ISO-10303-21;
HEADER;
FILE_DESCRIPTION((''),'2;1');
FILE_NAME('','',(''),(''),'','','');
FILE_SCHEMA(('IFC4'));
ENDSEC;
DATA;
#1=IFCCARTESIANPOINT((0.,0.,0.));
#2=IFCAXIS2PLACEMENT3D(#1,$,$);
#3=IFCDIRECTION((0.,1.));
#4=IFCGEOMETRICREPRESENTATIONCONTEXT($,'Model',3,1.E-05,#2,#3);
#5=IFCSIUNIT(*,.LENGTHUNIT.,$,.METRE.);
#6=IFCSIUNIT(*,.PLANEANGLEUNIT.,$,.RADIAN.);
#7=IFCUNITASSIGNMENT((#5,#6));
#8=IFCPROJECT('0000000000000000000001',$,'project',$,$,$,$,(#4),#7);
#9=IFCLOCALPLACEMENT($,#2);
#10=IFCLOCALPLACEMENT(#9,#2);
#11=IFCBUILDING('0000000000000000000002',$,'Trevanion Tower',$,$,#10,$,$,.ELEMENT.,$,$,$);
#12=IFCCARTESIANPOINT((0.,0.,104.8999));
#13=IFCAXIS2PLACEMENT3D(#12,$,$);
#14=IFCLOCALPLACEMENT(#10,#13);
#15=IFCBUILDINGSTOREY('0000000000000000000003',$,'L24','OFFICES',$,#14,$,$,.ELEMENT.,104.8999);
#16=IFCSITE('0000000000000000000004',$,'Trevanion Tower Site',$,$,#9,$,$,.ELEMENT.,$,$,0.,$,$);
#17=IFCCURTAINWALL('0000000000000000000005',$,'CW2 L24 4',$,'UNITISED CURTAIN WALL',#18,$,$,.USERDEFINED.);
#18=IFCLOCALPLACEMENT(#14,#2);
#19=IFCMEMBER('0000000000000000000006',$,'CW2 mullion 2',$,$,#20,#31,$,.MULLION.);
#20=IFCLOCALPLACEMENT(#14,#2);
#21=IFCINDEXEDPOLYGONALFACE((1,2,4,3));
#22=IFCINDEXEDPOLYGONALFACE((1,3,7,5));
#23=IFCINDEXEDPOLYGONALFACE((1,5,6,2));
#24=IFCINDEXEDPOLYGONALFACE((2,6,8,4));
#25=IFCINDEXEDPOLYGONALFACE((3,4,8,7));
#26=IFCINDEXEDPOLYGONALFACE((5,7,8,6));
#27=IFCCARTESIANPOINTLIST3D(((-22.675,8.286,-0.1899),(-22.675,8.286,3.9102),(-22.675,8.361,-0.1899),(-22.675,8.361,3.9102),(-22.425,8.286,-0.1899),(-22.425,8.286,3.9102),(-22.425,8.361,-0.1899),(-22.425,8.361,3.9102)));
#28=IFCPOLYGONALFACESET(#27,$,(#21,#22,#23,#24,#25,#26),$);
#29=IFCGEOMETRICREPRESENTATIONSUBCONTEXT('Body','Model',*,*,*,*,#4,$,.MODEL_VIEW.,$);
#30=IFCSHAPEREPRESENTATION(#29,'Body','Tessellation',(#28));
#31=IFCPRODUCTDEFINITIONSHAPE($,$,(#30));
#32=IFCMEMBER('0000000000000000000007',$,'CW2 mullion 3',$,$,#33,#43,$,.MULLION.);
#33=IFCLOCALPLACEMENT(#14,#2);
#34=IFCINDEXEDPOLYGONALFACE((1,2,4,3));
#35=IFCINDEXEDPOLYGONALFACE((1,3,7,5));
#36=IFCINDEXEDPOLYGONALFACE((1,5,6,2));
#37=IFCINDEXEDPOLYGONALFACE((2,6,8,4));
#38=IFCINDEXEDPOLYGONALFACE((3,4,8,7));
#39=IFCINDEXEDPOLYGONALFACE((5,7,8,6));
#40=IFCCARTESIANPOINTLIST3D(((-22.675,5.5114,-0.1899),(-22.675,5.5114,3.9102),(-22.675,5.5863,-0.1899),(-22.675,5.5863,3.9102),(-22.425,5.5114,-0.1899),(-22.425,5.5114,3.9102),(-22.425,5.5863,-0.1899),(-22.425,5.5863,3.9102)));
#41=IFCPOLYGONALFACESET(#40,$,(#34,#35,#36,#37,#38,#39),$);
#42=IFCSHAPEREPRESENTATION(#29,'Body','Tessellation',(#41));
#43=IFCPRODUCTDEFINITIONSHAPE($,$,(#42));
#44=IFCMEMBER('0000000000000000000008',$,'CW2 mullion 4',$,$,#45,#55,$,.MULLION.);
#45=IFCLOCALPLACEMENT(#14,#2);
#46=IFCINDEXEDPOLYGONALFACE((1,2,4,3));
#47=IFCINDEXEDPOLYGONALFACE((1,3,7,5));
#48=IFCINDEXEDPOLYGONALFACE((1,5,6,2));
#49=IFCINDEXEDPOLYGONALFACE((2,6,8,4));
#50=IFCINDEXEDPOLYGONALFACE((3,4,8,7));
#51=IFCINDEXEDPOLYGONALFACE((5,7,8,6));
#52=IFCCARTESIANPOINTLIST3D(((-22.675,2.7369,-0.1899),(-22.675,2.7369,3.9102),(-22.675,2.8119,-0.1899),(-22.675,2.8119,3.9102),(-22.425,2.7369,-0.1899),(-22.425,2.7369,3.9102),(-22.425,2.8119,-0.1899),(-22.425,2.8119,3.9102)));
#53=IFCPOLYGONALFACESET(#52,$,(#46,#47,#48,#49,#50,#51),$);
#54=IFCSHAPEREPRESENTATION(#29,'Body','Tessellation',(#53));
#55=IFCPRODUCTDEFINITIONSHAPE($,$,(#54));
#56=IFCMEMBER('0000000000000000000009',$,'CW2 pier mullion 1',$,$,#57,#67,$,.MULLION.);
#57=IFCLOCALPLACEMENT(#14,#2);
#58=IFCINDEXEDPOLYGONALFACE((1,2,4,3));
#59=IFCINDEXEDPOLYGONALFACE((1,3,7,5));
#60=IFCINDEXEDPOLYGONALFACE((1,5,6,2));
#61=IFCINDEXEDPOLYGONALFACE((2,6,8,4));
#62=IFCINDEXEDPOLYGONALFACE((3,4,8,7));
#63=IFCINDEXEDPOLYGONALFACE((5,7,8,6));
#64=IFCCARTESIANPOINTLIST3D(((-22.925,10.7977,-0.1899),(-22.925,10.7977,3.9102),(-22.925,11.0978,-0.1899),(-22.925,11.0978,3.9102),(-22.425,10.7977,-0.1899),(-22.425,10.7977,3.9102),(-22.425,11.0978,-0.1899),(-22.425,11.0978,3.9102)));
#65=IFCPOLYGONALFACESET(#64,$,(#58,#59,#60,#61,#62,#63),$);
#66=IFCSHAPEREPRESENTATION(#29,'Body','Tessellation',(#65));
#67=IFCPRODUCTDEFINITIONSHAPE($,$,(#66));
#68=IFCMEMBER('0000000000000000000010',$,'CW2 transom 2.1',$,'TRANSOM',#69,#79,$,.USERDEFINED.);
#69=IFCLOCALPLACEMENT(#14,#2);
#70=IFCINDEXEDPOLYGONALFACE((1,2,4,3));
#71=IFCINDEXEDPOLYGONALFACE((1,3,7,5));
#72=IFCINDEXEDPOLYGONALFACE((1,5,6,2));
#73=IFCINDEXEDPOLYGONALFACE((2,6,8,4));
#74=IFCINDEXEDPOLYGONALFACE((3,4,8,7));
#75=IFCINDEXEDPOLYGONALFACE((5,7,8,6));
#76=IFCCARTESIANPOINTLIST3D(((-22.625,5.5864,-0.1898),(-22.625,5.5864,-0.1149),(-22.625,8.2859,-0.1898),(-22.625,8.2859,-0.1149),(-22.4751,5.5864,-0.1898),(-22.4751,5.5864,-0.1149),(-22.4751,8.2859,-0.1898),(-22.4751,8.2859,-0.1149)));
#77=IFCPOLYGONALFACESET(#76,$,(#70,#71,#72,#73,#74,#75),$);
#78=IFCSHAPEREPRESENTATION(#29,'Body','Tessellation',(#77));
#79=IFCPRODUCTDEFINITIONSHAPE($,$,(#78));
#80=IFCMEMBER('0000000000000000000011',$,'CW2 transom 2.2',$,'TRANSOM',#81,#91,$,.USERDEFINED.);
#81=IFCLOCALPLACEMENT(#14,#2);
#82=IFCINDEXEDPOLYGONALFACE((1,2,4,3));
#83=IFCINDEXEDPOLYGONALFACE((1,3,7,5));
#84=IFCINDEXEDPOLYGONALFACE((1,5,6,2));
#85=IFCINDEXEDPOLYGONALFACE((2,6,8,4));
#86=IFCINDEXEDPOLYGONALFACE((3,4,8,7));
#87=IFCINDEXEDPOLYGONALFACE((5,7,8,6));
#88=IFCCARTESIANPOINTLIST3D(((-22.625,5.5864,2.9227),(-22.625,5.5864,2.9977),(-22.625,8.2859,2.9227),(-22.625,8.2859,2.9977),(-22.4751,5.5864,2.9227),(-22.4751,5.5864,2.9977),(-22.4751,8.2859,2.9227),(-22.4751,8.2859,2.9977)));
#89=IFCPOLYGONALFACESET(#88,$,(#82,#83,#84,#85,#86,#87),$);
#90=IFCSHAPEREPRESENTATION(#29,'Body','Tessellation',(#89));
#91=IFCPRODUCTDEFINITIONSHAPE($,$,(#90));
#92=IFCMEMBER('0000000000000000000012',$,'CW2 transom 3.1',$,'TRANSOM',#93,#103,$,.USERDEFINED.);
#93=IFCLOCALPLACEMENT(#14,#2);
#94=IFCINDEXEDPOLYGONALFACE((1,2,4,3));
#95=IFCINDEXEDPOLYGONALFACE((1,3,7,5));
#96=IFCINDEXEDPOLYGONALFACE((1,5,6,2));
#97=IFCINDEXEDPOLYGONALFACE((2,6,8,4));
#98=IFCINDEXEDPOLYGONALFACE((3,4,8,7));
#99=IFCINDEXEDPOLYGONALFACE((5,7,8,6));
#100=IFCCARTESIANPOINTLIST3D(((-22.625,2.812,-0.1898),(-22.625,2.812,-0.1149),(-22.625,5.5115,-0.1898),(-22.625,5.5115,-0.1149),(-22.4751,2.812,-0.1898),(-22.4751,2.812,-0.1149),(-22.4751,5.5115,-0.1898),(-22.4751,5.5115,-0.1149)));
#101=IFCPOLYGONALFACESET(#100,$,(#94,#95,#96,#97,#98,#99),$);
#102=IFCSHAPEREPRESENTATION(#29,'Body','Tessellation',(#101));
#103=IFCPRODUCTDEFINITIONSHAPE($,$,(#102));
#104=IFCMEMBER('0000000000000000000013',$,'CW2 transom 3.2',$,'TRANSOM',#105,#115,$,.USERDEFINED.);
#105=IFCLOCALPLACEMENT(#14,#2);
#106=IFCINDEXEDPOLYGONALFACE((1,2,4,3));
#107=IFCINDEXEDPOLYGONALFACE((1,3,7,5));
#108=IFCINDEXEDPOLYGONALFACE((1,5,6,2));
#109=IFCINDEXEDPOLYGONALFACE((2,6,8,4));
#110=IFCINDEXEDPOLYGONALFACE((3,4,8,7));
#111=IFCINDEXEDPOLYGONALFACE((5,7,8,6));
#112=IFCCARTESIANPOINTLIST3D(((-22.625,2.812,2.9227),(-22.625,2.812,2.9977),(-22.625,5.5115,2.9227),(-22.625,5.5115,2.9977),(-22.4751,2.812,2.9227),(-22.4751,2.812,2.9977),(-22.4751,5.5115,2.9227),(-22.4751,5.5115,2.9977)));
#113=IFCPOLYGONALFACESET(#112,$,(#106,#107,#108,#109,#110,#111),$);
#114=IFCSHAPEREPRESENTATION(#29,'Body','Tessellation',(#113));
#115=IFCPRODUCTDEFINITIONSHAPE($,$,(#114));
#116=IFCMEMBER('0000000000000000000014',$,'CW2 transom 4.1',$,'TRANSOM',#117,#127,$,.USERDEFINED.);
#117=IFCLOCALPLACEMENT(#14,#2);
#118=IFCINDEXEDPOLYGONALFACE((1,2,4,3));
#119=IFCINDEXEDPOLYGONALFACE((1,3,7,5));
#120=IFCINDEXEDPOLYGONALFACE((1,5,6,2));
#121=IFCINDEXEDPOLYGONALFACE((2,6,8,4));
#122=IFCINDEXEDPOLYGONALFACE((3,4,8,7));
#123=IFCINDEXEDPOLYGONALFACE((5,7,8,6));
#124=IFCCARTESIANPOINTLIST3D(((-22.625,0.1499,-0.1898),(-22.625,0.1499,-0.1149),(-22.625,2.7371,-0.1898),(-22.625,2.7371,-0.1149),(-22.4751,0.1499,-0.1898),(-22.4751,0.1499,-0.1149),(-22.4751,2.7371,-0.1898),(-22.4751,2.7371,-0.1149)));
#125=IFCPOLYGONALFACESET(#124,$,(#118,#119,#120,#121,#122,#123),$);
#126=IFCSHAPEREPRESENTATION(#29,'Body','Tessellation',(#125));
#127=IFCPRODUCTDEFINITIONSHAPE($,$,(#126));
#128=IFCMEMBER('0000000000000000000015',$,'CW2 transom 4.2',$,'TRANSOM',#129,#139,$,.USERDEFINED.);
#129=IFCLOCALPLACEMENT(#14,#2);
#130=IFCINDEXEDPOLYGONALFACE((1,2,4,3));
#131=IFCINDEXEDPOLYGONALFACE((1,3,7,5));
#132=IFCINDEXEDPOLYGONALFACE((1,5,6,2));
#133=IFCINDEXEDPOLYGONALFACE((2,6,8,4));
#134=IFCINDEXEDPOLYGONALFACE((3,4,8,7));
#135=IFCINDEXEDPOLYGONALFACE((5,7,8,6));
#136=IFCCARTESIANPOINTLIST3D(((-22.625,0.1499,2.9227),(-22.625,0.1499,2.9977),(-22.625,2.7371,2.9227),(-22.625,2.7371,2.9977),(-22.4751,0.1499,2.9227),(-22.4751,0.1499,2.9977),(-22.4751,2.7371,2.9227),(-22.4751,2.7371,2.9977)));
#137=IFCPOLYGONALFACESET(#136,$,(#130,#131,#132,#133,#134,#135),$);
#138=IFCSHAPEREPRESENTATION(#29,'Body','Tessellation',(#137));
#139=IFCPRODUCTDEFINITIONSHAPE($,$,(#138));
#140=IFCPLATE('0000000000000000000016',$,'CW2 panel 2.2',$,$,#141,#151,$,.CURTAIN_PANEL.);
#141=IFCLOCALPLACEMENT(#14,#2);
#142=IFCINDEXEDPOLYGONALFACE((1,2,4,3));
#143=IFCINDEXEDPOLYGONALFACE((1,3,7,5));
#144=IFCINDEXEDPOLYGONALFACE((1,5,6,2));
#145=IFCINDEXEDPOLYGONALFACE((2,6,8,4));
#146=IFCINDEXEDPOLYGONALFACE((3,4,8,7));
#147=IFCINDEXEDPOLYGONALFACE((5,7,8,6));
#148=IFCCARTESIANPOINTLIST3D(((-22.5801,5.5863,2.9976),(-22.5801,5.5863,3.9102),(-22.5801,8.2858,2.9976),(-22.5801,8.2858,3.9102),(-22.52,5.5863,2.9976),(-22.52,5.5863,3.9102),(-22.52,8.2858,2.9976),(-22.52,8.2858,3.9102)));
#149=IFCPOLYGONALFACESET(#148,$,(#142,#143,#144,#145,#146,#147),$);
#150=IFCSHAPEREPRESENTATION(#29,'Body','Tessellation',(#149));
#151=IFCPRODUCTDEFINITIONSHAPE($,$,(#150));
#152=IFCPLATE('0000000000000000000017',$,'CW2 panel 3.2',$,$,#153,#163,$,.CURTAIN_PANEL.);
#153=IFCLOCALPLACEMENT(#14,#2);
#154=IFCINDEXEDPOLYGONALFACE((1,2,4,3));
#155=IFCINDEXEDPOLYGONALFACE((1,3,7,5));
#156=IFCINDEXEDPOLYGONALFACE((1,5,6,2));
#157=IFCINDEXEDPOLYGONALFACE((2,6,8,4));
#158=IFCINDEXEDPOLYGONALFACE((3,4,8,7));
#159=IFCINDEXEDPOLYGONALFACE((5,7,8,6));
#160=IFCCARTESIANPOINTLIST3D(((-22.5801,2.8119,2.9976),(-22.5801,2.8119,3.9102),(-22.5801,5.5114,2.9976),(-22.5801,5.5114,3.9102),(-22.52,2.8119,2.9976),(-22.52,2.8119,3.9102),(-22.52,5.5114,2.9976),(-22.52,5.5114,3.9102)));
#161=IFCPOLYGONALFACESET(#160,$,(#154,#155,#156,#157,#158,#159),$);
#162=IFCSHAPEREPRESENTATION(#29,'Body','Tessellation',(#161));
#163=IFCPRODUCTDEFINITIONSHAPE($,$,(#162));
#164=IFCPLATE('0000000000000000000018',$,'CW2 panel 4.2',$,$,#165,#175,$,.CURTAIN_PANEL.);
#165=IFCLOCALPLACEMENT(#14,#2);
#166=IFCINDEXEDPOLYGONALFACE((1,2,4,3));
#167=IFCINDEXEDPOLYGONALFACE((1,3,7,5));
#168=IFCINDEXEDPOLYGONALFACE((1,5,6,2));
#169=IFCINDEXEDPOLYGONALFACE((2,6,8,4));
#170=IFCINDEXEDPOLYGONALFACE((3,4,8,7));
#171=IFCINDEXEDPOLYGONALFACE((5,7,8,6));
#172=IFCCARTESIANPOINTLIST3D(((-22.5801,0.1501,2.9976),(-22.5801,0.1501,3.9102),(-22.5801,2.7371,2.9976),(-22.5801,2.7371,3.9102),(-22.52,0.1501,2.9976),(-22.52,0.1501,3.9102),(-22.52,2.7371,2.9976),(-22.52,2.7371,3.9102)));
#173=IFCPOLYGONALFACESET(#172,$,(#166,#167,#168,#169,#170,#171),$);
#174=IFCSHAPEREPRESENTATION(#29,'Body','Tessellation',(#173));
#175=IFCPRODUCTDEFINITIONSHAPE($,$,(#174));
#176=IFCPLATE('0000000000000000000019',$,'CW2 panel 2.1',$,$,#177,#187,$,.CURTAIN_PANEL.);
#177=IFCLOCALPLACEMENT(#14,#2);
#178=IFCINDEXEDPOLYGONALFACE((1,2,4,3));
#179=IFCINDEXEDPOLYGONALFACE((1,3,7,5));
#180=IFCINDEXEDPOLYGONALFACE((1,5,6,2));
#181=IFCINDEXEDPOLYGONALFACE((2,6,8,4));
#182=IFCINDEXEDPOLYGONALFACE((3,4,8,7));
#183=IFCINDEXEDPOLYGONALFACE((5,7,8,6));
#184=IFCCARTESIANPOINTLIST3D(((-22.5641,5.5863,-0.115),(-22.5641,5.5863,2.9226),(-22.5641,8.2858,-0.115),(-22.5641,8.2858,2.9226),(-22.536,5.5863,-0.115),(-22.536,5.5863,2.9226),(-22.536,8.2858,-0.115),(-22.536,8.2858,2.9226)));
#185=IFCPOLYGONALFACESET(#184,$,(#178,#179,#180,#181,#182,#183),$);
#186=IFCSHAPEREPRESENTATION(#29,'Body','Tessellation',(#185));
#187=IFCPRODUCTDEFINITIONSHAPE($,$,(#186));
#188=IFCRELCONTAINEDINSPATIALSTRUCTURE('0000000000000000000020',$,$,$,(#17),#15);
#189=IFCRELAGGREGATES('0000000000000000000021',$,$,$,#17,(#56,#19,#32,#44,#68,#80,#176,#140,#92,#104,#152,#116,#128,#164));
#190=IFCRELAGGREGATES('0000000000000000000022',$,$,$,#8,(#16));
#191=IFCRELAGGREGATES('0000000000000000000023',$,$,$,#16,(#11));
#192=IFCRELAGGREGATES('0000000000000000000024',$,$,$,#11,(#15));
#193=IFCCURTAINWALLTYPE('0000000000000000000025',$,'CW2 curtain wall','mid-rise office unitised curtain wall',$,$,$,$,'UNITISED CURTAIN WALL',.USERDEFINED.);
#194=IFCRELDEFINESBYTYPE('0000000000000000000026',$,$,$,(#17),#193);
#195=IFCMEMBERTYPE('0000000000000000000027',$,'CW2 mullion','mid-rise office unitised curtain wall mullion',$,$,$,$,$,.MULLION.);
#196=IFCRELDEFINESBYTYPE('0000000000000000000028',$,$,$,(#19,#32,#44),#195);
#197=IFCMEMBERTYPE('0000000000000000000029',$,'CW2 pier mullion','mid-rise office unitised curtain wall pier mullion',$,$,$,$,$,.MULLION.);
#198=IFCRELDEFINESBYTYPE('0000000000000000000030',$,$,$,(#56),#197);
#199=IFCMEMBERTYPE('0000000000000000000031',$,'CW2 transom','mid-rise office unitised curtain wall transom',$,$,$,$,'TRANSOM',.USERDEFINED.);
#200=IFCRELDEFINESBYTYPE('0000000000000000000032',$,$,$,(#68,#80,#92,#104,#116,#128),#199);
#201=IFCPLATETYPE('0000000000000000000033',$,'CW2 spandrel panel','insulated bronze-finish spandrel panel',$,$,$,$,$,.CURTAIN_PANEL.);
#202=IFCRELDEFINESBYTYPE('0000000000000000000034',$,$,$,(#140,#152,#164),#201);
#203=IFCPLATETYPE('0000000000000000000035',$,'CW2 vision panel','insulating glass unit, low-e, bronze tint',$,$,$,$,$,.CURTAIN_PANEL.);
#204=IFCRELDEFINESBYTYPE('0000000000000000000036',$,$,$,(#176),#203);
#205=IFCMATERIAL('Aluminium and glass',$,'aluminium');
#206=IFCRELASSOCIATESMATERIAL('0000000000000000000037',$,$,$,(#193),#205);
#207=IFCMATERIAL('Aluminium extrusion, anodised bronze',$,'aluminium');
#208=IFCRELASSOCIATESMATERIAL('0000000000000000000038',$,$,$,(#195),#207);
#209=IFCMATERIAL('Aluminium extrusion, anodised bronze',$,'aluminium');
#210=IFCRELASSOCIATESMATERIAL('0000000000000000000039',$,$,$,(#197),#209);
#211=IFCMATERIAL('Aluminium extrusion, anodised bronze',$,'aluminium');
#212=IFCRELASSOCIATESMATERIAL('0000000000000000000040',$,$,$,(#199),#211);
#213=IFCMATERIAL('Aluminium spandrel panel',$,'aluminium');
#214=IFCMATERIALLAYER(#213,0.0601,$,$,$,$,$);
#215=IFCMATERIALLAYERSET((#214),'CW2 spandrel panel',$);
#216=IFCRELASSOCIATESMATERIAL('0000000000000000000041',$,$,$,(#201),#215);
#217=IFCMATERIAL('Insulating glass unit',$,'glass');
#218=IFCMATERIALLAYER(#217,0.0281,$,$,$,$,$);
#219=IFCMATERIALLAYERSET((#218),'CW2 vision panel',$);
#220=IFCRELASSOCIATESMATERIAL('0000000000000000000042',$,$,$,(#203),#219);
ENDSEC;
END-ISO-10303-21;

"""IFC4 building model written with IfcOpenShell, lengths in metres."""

from ifc_helpers import new_model, si_unit, direction, frame, origin, origin_2d, place, context, subcontext, project, spatial, rectangle, extrude, material, layer, layer_set, material_profile, profile_set, type_object, element, aggregate, save


model = new_model("IFC4")

# Units and contexts
model_context = context("Model", 3, precision=1e-05, world=origin(), true_north=direction((0.0, 1.0)))
body_context = subcontext(model_context, "Body", "Model", "MODEL_VIEW")
ifc_project = project(units=[si_unit("LENGTHUNIT", "METRE"), si_unit("PLANEANGLEUNIT", "RADIAN")], contexts=[model_context])

# Site, building, storey
site_placement = place(None, origin())
site = spatial("IfcSite", under=ifc_project, at=site_placement, Name="Trevanion Tower Site", CompositionType="ELEMENT", RefElevation=0.0)
building_placement = place(site_placement, origin())
building = spatial("IfcBuilding", under=site, at=building_placement, Name="Trevanion Tower", CompositionType="ELEMENT")
storey_placement = place(building_placement, frame((0.0, 0.0, 104.8999)))
storey = spatial("IfcBuildingStorey", under=building, at=storey_placement, Name="L24", Description="OFFICES", CompositionType="ELEMENT", Elevation=104.8999)

# Curtain wall, members, plates
ifc_material_1 = material(Name="Aluminium and glass", Category="aluminium")
curtain_wall_type = type_object("IfcCurtainWallType", Name="CW2 curtain wall", Description="mid-rise office unitised curtain wall", ElementType="UNITISED CURTAIN WALL", PredefinedType="USERDEFINED", material=ifc_material_1)
curtain_wall_placement = place(storey_placement, origin())
curtain_wall = element("IfcCurtainWall", 1, at=curtain_wall_placement, inside=storey, type_object=curtain_wall_type, Name="CW2 L24 4", ObjectType="UNITISED CURTAIN WALL", PredefinedType="USERDEFINED")
ifc_material_2 = material(Name="Aluminium extrusion, anodised bronze", Category="aluminium")
ifc_material_profile_1 = material_profile(ifc_material_2, rectangle(XDim=0.075, YDim=0.25, at=origin_2d()), Name="CW2 mullion")
ifc_profile_set_1 = profile_set([ifc_material_profile_1], Name="Aluminium extrusion, anodised bronze")
member_type_1 = type_object("IfcMemberType", Name="CW2 mullion", Description="mid-rise office unitised curtain wall mullion", PredefinedType="MULLION", material=ifc_profile_set_1)
member_1_placement = place(storey_placement, frame((-22.55, 8.3235, -0.1899), z_axis=(0.0, 0.0, 1.0), x_axis=(0.0, -1.0, 0.0)))
member_1 = element("IfcMember", 2, at=member_1_placement, type_object=member_type_1, Name="CW2 mullion 2", PredefinedType="MULLION", context=body_context, shape_type="SweptSolid", body=[
    extrude(rectangle(XDim=0.075, YDim=0.25, at=origin_2d()), origin(), (0.0, 0.0, 1.0), 4.1001),
])
member_2_placement = place(storey_placement, frame((-22.55, 5.5488, -0.1899), z_axis=(0.0, 0.0, 1.0), x_axis=(0.0, -1.0, 0.0)))
member_2 = element("IfcMember", 3, at=member_2_placement, type_object=member_type_1, Name="CW2 mullion 3", PredefinedType="MULLION", context=body_context, shape_type="SweptSolid", body=[
    extrude(rectangle(XDim=0.075, YDim=0.25, at=origin_2d()), origin(), (0.0, 0.0, 1.0), 4.1001),
])
member_3_placement = place(storey_placement, frame((-22.55, 2.7744, -0.1899), z_axis=(0.0, 0.0, 1.0), x_axis=(0.0, -1.0, 0.0)))
member_3 = element("IfcMember", 4, at=member_3_placement, type_object=member_type_1, Name="CW2 mullion 4", PredefinedType="MULLION", context=body_context, shape_type="SweptSolid", body=[
    extrude(rectangle(XDim=0.075, YDim=0.25, at=origin_2d()), origin(), (0.0, 0.0, 1.0), 4.1001),
])
ifc_material_3 = material(Name="Aluminium extrusion, anodised bronze", Category="aluminium")
ifc_material_profile_2 = material_profile(ifc_material_3, rectangle(XDim=0.3, YDim=0.5, at=origin_2d()), Name="CW2 pier mullion")
ifc_profile_set_2 = profile_set([ifc_material_profile_2], Name="Aluminium extrusion, anodised bronze")
member_type_2 = type_object("IfcMemberType", Name="CW2 pier mullion", Description="mid-rise office unitised curtain wall pier mullion", PredefinedType="MULLION", material=ifc_profile_set_2)
member_4_placement = place(storey_placement, frame((-22.675, 10.9478, -0.1899), z_axis=(0.0, 0.0, 1.0), x_axis=(0.0, -1.0, 0.0)))
member_4 = element("IfcMember", 5, at=member_4_placement, type_object=member_type_2, Name="CW2 pier mullion 1", PredefinedType="MULLION", context=body_context, shape_type="SweptSolid", body=[
    extrude(rectangle(XDim=0.3, YDim=0.5, at=origin_2d()), origin(), (0.0, 0.0, 1.0), 4.1001),
])
ifc_material_4 = material(Name="Aluminium extrusion, anodised bronze", Category="aluminium")
ifc_material_profile_3 = material_profile(ifc_material_4, rectangle(XDim=0.1499, YDim=0.075, at=origin_2d()), Name="CW2 transom")
ifc_profile_set_3 = profile_set([ifc_material_profile_3], Name="Aluminium extrusion, anodised bronze")
member_type_3 = type_object("IfcMemberType", Name="CW2 transom", Description="mid-rise office unitised curtain wall transom", ElementType="TRANSOM", PredefinedType="USERDEFINED", material=ifc_profile_set_3)
member_5_placement = place(storey_placement, frame((-22.55, 8.2859, -0.1523), z_axis=(0.0, -1.0, 0.0), x_axis=(1.0, 0.0, 0.0)))
member_5 = element("IfcMember", 6, at=member_5_placement, type_object=member_type_3, Name="CW2 transom 2.1", ObjectType="TRANSOM", PredefinedType="USERDEFINED", context=body_context, shape_type="SweptSolid", body=[
    extrude(rectangle(XDim=0.1499, YDim=0.075, at=origin_2d()), origin(), (0.0, 0.0, 1.0), 2.6995),
])
member_6_placement = place(storey_placement, frame((-22.55, 8.2859, 2.9602), z_axis=(0.0, -1.0, 0.0), x_axis=(1.0, 0.0, 0.0)))
member_6 = element("IfcMember", 7, at=member_6_placement, type_object=member_type_3, Name="CW2 transom 2.2", ObjectType="TRANSOM", PredefinedType="USERDEFINED", context=body_context, shape_type="SweptSolid", body=[
    extrude(rectangle(XDim=0.1499, YDim=0.075, at=origin_2d()), origin(), (0.0, 0.0, 1.0), 2.6995),
])
member_7_placement = place(storey_placement, frame((-22.55, 5.5115, -0.1523), z_axis=(0.0, -1.0, 0.0), x_axis=(1.0, 0.0, 0.0)))
member_7 = element("IfcMember", 8, at=member_7_placement, type_object=member_type_3, Name="CW2 transom 3.1", ObjectType="TRANSOM", PredefinedType="USERDEFINED", context=body_context, shape_type="SweptSolid", body=[
    extrude(rectangle(XDim=0.1499, YDim=0.075, at=origin_2d()), origin(), (0.0, 0.0, 1.0), 2.6995),
])
member_8_placement = place(storey_placement, frame((-22.55, 5.5115, 2.9602), z_axis=(0.0, -1.0, 0.0), x_axis=(1.0, 0.0, 0.0)))
member_8 = element("IfcMember", 9, at=member_8_placement, type_object=member_type_3, Name="CW2 transom 3.2", ObjectType="TRANSOM", PredefinedType="USERDEFINED", context=body_context, shape_type="SweptSolid", body=[
    extrude(rectangle(XDim=0.1499, YDim=0.075, at=origin_2d()), origin(), (0.0, 0.0, 1.0), 2.6995),
])
member_9_placement = place(storey_placement, frame((-22.55, 2.7371, -0.1523), z_axis=(0.0, -1.0, 0.0), x_axis=(1.0, 0.0, 0.0)))
member_9 = element("IfcMember", 10, at=member_9_placement, type_object=member_type_3, Name="CW2 transom 4.1", ObjectType="TRANSOM", PredefinedType="USERDEFINED", context=body_context, shape_type="SweptSolid", body=[
    extrude(rectangle(XDim=0.1499, YDim=0.075, at=origin_2d()), origin(), (0.0, 0.0, 1.0), 2.5872),
])
member_10_placement = place(storey_placement, frame((-22.55, 2.7371, 2.9602), z_axis=(0.0, -1.0, 0.0), x_axis=(1.0, 0.0, 0.0)))
member_10 = element("IfcMember", 11, at=member_10_placement, type_object=member_type_3, Name="CW2 transom 4.2", ObjectType="TRANSOM", PredefinedType="USERDEFINED", context=body_context, shape_type="SweptSolid", body=[
    extrude(rectangle(XDim=0.1499, YDim=0.075, at=origin_2d()), origin(), (0.0, 0.0, 1.0), 2.5872),
])
ifc_material_5 = material(Name="Aluminium spandrel panel", Category="aluminium")
ifc_layer_1 = layer(ifc_material_5, 0.0601)
ifc_layer_set_1 = layer_set([ifc_layer_1], Name="CW2 spandrel panel")
plate_type_1 = type_object("IfcPlateType", Name="CW2 spandrel panel", Description="insulated bronze-finish spandrel panel", PredefinedType="CURTAIN_PANEL", material=ifc_layer_set_1)
plate_1_placement = place(storey_placement, frame((-22.55, 6.936, 2.9976), z_axis=(0.0, 0.0, 1.0), x_axis=(0.0, -1.0, 0.0)))
plate_1 = element("IfcPlate", 12, at=plate_1_placement, type_object=plate_type_1, Name="CW2 panel 2.2", PredefinedType="CURTAIN_PANEL", context=body_context, shape_type="SweptSolid", body=[
    extrude(rectangle(XDim=2.6995, YDim=0.0601, at=origin_2d()), origin(), (0.0, 0.0, 1.0), 0.9126),
])
plate_2_placement = place(storey_placement, frame((-22.55, 4.1616, 2.9976), z_axis=(0.0, 0.0, 1.0), x_axis=(0.0, -1.0, 0.0)))
plate_2 = element("IfcPlate", 13, at=plate_2_placement, type_object=plate_type_1, Name="CW2 panel 3.2", PredefinedType="CURTAIN_PANEL", context=body_context, shape_type="SweptSolid", body=[
    extrude(rectangle(XDim=2.6995, YDim=0.0601, at=origin_2d()), origin(), (0.0, 0.0, 1.0), 0.9126),
])
plate_3_placement = place(storey_placement, frame((-22.55, 1.4436, 2.9976), z_axis=(0.0, 0.0, 1.0), x_axis=(0.0, -1.0, 0.0)))
plate_3 = element("IfcPlate", 14, at=plate_3_placement, type_object=plate_type_1, Name="CW2 panel 4.2", PredefinedType="CURTAIN_PANEL", context=body_context, shape_type="SweptSolid", body=[
    extrude(rectangle(XDim=2.5869, YDim=0.0601, at=origin_2d()), origin(), (0.0, 0.0, 1.0), 0.9126),
])
ifc_material_6 = material(Name="Insulating glass unit", Category="glass")
ifc_layer_2 = layer(ifc_material_6, 0.0281)
ifc_layer_set_2 = layer_set([ifc_layer_2], Name="CW2 vision panel")
plate_type_2 = type_object("IfcPlateType", Name="CW2 vision panel", Description="insulating glass unit, low-e, bronze tint", PredefinedType="CURTAIN_PANEL", material=ifc_layer_set_2)
plate_4_placement = place(storey_placement, frame((-22.55, 6.936, -0.115), z_axis=(0.0, 0.0, 1.0), x_axis=(0.0, -1.0, 0.0)))
plate_4 = element("IfcPlate", 15, at=plate_4_placement, type_object=plate_type_2, Name="CW2 panel 2.1", PredefinedType="CURTAIN_PANEL", context=body_context, shape_type="SweptSolid", body=[
    extrude(rectangle(XDim=2.6995, YDim=0.0281, at=origin_2d()), origin(), (0.0, 0.0, 1.0), 3.0376),
])
aggregate(curtain_wall, [member_4, member_1, member_2, member_3, member_5, member_6, plate_4, plate_1, member_7, member_8, plate_2, member_9, member_10, plate_3])

save(model, "model.ifc")
